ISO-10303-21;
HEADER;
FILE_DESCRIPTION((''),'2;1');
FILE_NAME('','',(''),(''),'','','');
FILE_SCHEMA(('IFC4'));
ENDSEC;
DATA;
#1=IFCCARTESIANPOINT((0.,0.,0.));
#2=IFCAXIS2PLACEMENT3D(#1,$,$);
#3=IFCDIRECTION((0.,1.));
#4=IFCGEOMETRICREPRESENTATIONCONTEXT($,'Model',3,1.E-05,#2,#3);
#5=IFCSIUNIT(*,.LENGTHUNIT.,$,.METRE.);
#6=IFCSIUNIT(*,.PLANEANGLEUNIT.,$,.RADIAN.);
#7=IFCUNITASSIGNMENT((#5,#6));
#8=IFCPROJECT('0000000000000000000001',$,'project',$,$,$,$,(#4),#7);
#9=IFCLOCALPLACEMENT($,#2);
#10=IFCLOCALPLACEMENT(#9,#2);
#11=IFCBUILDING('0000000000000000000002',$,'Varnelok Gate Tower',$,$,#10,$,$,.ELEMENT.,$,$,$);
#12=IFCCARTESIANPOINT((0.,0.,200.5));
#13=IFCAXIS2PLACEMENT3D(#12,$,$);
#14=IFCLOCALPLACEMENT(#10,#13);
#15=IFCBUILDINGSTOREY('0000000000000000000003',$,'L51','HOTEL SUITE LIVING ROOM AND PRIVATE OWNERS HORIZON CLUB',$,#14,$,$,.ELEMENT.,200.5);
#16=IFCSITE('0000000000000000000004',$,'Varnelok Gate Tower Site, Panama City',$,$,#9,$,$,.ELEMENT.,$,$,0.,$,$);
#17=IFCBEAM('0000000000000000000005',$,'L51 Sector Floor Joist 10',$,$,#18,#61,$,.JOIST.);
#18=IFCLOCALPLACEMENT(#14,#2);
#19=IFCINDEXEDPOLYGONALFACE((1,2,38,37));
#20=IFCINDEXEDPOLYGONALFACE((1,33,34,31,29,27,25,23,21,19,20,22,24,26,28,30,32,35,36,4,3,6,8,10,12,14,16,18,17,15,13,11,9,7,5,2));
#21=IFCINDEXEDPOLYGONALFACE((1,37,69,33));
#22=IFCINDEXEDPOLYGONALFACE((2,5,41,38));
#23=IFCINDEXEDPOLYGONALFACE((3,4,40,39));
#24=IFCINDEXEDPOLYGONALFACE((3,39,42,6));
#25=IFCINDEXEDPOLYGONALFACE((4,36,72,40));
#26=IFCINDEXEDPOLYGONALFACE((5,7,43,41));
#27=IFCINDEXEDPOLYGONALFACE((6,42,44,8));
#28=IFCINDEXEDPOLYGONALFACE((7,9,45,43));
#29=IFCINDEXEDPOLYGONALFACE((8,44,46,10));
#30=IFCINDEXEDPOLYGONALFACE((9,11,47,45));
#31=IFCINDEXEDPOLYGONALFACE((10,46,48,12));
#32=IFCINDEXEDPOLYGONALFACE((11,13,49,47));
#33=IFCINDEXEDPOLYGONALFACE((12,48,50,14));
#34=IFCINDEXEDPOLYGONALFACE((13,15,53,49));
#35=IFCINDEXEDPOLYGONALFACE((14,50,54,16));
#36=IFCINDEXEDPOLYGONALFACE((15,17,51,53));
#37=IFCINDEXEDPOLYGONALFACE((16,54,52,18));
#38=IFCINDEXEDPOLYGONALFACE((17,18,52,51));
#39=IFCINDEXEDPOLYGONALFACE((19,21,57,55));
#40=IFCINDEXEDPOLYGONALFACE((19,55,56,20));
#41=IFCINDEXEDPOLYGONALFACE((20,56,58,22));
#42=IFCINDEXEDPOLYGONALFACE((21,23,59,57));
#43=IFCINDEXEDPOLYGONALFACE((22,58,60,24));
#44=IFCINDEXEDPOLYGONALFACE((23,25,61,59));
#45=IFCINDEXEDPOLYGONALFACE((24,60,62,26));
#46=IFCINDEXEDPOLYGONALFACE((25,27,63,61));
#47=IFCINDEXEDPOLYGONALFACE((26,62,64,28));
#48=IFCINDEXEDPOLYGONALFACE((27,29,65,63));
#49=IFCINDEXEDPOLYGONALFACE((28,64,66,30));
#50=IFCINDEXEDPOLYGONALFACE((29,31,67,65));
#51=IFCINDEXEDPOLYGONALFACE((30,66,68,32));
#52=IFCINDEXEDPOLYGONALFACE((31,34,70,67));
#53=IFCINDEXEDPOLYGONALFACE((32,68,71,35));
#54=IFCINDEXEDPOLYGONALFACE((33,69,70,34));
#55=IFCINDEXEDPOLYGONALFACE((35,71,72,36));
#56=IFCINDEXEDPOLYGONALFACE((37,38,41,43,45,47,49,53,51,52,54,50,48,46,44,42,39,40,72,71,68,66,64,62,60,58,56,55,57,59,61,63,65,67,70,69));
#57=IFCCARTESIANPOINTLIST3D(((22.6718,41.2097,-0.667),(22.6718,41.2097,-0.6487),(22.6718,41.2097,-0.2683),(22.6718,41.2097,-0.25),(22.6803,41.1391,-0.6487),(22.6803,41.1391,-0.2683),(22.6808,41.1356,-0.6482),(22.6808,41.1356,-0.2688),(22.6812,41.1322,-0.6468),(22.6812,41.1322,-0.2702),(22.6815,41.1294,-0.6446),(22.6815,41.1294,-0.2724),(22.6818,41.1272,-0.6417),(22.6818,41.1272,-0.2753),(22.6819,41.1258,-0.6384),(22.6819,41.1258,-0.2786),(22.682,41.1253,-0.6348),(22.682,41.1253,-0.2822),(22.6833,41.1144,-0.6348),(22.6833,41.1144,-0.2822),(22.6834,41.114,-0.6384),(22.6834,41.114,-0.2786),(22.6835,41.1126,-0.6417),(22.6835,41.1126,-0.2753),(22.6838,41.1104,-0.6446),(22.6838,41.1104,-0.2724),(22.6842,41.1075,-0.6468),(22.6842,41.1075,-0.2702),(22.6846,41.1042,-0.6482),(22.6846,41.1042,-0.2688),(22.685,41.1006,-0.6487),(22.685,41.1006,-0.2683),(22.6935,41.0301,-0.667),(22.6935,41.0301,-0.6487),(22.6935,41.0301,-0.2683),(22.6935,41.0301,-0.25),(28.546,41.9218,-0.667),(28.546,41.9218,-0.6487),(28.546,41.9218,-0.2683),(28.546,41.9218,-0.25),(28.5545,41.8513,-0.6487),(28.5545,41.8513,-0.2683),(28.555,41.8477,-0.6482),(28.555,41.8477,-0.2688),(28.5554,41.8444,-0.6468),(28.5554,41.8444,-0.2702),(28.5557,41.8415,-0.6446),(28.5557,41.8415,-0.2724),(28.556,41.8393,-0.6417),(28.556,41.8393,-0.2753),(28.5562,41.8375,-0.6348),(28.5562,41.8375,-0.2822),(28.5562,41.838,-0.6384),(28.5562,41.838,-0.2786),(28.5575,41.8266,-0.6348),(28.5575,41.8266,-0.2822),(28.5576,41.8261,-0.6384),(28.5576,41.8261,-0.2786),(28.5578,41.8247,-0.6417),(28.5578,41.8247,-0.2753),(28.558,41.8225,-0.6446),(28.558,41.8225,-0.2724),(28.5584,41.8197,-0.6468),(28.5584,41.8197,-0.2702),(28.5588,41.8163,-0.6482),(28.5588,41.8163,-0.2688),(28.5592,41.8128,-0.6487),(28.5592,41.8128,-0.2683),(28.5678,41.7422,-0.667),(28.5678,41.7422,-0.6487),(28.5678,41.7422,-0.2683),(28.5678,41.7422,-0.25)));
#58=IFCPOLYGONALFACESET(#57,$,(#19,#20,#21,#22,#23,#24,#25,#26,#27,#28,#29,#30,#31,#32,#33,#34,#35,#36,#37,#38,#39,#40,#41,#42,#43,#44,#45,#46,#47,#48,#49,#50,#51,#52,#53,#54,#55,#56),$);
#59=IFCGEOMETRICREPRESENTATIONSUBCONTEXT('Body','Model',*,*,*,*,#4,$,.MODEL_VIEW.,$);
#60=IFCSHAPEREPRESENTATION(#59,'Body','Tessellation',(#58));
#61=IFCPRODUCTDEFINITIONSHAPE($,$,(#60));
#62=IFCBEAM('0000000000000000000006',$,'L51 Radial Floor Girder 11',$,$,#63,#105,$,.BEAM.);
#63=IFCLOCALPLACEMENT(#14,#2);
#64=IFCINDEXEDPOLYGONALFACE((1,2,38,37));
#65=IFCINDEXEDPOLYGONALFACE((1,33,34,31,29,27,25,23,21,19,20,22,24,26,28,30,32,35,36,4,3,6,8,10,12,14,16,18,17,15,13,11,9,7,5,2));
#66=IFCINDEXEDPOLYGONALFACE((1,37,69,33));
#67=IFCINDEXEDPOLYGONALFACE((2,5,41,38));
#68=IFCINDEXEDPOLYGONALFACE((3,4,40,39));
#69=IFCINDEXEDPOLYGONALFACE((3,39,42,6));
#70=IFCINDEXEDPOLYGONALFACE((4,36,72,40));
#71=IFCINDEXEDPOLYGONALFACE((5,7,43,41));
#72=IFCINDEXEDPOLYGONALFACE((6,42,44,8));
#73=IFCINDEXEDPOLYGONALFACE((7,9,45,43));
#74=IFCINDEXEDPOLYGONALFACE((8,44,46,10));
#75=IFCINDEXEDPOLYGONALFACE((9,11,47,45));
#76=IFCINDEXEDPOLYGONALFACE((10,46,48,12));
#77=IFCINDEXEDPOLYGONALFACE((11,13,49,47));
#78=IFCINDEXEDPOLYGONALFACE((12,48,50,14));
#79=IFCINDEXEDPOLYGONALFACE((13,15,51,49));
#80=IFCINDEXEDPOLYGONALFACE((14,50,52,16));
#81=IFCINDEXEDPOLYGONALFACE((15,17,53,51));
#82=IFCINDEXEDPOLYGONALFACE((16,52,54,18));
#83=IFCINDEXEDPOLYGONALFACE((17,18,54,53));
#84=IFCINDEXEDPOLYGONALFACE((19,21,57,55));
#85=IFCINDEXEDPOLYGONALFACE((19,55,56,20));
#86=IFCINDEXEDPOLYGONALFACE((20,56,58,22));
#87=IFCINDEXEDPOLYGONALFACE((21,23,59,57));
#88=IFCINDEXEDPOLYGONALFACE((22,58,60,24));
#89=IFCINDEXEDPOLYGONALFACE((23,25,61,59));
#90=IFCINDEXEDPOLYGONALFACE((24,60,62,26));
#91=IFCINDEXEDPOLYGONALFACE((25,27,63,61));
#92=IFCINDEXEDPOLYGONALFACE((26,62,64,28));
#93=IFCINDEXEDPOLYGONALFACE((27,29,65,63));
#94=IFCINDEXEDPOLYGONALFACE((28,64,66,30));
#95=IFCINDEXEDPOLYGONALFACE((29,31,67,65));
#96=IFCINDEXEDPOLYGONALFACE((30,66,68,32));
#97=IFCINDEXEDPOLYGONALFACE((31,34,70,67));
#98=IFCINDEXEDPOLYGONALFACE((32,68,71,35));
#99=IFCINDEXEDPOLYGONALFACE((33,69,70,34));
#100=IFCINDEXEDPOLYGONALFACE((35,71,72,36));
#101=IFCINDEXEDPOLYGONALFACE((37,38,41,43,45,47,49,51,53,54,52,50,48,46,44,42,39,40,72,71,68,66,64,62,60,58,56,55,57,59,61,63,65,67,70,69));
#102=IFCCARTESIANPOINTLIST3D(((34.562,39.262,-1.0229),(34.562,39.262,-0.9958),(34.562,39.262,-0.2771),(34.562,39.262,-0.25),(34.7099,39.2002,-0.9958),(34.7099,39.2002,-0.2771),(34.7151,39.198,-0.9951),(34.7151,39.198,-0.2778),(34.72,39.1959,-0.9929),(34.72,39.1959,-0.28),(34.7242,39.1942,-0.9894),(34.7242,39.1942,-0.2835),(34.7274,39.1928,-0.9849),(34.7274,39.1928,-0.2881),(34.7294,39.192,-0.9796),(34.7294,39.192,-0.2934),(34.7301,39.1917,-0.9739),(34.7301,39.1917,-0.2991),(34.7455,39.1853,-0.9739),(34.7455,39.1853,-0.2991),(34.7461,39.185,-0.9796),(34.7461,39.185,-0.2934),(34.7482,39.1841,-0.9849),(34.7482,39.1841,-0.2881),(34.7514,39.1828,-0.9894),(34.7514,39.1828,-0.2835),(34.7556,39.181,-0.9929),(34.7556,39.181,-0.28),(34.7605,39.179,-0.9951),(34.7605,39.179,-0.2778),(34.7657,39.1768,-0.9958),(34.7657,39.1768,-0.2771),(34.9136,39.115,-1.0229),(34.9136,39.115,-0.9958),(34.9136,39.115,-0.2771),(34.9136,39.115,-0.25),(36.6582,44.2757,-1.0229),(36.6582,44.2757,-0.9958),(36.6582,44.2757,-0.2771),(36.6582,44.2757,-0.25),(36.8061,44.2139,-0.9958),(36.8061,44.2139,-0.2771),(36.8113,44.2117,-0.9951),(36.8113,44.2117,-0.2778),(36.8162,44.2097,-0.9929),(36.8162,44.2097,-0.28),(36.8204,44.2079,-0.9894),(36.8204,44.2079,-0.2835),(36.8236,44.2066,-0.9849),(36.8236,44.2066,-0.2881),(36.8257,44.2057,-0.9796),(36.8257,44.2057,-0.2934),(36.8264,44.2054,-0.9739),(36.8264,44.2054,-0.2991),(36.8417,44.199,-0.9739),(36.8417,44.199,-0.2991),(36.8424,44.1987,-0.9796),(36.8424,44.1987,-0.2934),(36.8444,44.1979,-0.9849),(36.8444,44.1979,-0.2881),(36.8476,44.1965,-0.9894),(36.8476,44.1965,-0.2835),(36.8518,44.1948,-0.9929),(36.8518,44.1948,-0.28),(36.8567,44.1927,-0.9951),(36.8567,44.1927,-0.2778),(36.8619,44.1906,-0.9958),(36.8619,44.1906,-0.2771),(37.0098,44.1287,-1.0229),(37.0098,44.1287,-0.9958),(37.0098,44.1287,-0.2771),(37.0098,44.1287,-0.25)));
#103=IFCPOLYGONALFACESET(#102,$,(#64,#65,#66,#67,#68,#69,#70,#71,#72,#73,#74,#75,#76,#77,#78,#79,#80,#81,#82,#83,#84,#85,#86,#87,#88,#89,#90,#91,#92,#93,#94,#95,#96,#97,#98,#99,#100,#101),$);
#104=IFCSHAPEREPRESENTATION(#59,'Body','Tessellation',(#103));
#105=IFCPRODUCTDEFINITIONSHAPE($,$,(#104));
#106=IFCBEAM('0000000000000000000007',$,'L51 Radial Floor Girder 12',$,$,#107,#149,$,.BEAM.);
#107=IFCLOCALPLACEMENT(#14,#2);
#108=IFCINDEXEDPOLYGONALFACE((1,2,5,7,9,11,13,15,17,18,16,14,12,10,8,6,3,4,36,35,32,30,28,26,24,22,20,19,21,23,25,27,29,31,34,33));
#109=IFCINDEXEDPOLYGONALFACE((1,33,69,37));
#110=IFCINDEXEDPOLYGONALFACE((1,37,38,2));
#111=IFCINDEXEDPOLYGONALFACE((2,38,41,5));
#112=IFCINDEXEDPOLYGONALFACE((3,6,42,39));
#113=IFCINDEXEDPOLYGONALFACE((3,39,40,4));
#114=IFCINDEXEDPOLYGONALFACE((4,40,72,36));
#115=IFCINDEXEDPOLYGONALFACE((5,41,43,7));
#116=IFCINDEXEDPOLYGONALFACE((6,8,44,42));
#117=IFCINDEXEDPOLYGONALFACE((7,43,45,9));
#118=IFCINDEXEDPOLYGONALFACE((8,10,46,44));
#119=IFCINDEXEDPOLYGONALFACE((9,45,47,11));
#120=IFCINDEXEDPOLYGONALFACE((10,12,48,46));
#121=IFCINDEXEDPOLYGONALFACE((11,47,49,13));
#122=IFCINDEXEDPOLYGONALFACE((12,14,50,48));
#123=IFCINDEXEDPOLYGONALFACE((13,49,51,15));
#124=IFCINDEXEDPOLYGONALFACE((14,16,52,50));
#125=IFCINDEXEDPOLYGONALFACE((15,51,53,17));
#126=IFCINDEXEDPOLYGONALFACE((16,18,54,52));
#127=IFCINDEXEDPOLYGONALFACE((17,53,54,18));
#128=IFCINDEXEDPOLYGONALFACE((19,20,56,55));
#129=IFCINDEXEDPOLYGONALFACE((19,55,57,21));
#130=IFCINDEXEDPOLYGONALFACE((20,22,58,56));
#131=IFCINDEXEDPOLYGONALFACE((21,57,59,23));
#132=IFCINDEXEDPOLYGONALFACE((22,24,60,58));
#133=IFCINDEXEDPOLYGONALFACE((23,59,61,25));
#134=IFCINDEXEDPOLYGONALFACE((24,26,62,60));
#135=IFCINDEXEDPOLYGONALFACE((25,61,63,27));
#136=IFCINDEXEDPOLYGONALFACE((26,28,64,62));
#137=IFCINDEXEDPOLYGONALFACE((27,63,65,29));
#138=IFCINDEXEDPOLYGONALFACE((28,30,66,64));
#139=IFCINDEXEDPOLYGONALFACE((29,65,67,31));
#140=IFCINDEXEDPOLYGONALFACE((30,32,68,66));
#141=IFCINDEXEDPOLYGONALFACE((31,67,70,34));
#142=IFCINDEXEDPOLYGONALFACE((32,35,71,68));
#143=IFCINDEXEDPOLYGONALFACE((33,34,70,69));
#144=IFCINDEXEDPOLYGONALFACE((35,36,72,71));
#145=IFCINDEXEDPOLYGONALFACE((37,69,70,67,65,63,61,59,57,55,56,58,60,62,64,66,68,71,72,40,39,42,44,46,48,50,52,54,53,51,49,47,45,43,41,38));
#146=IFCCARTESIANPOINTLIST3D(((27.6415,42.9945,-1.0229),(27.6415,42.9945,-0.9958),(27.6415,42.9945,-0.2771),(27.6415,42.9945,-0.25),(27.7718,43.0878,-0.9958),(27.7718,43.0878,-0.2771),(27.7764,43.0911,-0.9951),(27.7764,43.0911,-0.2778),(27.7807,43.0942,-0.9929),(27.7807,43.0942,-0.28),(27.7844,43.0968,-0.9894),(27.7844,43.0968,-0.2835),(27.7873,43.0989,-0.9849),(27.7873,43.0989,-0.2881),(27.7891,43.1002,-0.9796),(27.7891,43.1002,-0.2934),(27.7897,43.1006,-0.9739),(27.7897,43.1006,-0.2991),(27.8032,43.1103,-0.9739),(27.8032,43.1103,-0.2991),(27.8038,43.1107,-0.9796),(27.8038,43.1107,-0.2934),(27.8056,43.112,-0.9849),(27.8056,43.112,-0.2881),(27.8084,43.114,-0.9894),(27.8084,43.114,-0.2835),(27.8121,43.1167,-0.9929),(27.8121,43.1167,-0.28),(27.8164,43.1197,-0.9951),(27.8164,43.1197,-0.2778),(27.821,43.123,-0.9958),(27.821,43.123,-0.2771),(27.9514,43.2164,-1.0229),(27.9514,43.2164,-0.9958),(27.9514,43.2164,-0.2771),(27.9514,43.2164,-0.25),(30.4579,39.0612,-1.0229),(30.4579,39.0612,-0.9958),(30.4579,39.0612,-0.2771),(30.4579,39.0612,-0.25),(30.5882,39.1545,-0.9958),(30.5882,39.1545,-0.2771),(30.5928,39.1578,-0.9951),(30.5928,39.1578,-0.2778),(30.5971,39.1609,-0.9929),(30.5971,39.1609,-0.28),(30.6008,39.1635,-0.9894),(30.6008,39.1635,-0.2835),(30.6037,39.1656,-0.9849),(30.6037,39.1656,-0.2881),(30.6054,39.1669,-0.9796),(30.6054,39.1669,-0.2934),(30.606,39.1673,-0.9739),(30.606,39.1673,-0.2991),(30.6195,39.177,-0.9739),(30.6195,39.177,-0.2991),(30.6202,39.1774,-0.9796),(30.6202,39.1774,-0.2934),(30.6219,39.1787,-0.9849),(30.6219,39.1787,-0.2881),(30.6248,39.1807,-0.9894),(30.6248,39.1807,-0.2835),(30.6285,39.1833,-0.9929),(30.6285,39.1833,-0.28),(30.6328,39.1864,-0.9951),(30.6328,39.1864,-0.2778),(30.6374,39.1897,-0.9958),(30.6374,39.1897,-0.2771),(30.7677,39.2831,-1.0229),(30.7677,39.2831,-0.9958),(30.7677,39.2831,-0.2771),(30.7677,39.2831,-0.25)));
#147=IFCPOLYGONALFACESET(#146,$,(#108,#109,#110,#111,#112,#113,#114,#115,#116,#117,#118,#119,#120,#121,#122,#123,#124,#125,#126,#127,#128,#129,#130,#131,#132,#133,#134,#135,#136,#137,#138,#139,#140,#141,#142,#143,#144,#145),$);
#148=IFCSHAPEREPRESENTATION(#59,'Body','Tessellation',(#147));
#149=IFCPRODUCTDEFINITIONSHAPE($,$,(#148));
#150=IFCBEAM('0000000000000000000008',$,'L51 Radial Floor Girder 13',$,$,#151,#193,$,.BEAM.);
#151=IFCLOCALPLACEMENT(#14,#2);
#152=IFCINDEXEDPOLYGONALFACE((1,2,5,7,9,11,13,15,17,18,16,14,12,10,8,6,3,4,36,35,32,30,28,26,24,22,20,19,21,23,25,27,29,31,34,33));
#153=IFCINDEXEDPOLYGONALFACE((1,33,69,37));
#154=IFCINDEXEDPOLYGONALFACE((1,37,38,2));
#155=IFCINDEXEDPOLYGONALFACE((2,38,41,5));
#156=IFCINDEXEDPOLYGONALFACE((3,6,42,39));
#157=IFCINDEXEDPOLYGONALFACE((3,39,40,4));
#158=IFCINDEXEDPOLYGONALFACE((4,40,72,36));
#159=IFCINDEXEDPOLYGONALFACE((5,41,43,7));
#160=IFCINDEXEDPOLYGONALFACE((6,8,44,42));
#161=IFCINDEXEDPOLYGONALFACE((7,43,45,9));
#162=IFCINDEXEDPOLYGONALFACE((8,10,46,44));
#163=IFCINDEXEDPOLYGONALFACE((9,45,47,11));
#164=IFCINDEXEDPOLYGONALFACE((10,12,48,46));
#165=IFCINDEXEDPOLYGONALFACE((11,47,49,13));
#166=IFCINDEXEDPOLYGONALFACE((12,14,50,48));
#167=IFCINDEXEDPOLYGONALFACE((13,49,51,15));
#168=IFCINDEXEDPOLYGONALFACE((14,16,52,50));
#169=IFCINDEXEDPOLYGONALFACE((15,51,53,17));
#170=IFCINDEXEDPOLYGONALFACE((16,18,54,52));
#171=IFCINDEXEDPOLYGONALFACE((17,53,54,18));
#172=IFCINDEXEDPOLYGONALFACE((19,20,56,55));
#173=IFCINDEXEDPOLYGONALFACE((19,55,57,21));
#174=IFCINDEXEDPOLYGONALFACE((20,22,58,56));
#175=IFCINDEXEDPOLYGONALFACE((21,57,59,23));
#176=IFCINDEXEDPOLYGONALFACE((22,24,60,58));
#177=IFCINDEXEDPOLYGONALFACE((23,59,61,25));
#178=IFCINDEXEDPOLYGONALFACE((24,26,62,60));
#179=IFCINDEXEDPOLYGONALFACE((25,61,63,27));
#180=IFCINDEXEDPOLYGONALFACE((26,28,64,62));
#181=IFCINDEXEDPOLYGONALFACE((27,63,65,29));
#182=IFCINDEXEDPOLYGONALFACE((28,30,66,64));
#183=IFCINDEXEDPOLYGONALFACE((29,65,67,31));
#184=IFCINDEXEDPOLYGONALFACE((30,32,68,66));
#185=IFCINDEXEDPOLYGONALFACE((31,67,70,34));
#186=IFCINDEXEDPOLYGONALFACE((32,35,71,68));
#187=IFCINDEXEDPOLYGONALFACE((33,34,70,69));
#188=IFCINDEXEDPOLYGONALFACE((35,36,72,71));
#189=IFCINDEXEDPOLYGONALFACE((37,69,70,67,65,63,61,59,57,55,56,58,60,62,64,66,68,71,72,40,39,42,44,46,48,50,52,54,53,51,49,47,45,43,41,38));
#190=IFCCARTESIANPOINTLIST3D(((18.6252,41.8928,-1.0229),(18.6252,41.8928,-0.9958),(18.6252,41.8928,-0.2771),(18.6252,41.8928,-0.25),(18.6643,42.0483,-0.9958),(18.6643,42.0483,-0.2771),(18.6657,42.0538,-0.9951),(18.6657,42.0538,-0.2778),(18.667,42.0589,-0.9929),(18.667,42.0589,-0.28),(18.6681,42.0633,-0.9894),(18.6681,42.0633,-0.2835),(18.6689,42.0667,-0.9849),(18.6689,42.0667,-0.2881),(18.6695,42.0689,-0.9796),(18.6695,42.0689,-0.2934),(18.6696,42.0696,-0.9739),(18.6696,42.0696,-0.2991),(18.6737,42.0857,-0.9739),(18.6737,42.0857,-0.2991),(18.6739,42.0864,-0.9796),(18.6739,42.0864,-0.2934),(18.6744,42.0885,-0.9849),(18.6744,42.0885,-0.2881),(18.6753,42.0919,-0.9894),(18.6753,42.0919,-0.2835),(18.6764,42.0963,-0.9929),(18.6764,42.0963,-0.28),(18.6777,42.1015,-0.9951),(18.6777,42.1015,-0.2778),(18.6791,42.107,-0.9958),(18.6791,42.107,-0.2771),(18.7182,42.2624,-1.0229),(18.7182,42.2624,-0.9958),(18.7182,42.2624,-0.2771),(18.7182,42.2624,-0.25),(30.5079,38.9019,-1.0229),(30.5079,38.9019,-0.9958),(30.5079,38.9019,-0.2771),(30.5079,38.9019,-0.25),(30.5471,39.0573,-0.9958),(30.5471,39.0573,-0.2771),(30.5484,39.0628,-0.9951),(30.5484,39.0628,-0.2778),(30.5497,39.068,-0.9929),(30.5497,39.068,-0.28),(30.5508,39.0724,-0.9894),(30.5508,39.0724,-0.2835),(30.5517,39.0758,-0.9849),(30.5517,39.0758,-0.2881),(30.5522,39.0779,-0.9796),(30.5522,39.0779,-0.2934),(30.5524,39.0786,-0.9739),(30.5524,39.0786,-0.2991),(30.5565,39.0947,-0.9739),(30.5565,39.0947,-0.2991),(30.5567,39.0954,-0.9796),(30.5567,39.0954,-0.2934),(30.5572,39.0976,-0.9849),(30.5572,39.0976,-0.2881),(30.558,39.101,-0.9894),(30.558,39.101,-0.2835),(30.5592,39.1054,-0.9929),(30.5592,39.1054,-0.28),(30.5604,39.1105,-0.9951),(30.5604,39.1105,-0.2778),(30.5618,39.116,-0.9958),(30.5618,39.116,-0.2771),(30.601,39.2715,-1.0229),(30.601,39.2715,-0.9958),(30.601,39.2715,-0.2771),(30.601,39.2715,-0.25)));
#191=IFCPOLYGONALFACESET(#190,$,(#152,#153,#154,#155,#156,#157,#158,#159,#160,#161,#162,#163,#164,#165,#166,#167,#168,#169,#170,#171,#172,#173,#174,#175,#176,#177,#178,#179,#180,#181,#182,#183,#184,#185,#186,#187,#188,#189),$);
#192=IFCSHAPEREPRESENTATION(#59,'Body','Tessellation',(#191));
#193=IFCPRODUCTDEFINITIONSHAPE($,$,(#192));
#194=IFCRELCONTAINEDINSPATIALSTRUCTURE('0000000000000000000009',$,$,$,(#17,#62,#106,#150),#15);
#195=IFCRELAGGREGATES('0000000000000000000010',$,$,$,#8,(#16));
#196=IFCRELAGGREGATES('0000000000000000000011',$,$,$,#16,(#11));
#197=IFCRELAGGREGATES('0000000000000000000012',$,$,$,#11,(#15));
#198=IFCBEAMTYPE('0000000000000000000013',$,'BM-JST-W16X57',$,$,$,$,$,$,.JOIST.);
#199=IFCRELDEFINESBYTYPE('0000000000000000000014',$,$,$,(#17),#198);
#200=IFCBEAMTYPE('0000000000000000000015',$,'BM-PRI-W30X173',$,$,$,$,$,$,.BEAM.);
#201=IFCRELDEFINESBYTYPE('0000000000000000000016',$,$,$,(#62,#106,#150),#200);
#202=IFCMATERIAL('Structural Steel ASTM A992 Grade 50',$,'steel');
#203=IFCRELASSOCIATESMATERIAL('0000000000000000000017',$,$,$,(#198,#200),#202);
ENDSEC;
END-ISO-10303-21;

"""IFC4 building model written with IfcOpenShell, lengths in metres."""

from ifc_helpers import new_model, si_unit, direction, frame, origin, origin_2d, place, context, subcontext, project, spatial, i_section, extrude, material, material_profile, profile_set, type_object, element, save


model = new_model("IFC4")

# Units and contexts
model_context = context("Model", 3, precision=1e-05, world=origin(), true_north=direction((0.0, 1.0)))
body_context = subcontext(model_context, "Body", "Model", "MODEL_VIEW")
ifc_project = project(units=[si_unit("LENGTHUNIT", "METRE"), si_unit("PLANEANGLEUNIT", "RADIAN")], contexts=[model_context])

# Site, building, storey
site_placement = place(None, origin())
site = spatial("IfcSite", under=ifc_project, at=site_placement, Name="Varnelok Gate Tower Site, Panama City", CompositionType="ELEMENT", RefElevation=0.0)
building_placement = place(site_placement, origin())
building = spatial("IfcBuilding", under=site, at=building_placement, Name="Varnelok Gate Tower", CompositionType="ELEMENT")
storey_placement = place(building_placement, frame((0.0, 0.0, 200.5)))
storey = spatial("IfcBuildingStorey", under=building, at=storey_placement, Name="L51", Description="HOTEL SUITE LIVING ROOM AND PRIVATE OWNERS HORIZON CLUB", CompositionType="ELEMENT", Elevation=200.5)

# Shared definitions
ifc_material_1 = material(Name="Structural Steel ASTM A992 Grade 50", Category="steel")

# Beams
ifc_material_profile_1 = material_profile(ifc_material_1, i_section(OverallWidth=0.1809, OverallDepth=0.417, WebThickness=0.011, FlangeThickness=0.0183, FilletRadius=0.0139, at=origin_2d()), Name="W16X57")
ifc_profile_set_1 = profile_set([ifc_material_profile_1], Name="Structural Steel ASTM A992 Grade 50")
beam_type_1 = type_object("IfcBeamType", Name="BM-JST-W16X57", PredefinedType="JOIST", material=ifc_profile_set_1)
beam_1_placement = place(storey_placement, frame((28.5569, 41.832, -0.4585), z_axis=(-0.992731, -0.120352, 0.0), x_axis=(0.120352, -0.992731, 0.0)))
element("IfcBeam", 1, at=beam_1_placement, inside=storey, type_object=beam_type_1, Name="L51 Sector Floor Joist 10", PredefinedType="JOIST", context=body_context, shape_type="SweptSolid", body=[
    extrude(i_section(OverallWidth=0.1809, OverallDepth=0.417, WebThickness=0.011, FlangeThickness=0.0183, FilletRadius=0.0139, at=origin_2d()), origin(), (0.0, 0.0, 1.0), 5.9172),
])
ifc_material_profile_2 = material_profile(ifc_material_1, i_section(OverallWidth=0.3811, OverallDepth=0.7729, WebThickness=0.0166, FlangeThickness=0.0271, FilletRadius=0.022, at=origin_2d()), Name="W30X173")
ifc_profile_set_2 = profile_set([ifc_material_profile_2], Name="Structural Steel ASTM A992 Grade 50")
beam_type_2 = type_object("IfcBeamType", Name="BM-PRI-W30X173", PredefinedType="BEAM", material=ifc_profile_set_2)
beam_2_placement = place(storey_placement, frame((34.7378, 39.1885, -0.6365), z_axis=(0.385738, 0.922608, 0.0), x_axis=(-0.922608, 0.385738, 0.0)))
element("IfcBeam", 2, at=beam_2_placement, inside=storey, type_object=beam_type_2, Name="L51 Radial Floor Girder 11", PredefinedType="BEAM", context=body_context, shape_type="SweptSolid", body=[
    extrude(i_section(OverallWidth=0.3811, OverallDepth=0.7729, WebThickness=0.0166, FlangeThickness=0.0271, FilletRadius=0.022, at=origin_2d()), origin(), (0.0, 0.0, 1.0), 5.4343),
])
beam_3_placement = place(storey_placement, frame((30.6128, 39.1721, -0.6365), z_axis=(-0.582178, 0.813061, 0.0), x_axis=(-0.813061, -0.582178, 0.0)))
element("IfcBeam", 3, at=beam_3_placement, inside=storey, type_object=beam_type_2, Name="L51 Radial Floor Girder 12", PredefinedType="BEAM", context=body_context, shape_type="SweptSolid", body=[
    extrude(i_section(OverallWidth=0.3811, OverallDepth=0.7729, WebThickness=0.0166, FlangeThickness=0.0271, FilletRadius=0.022, at=origin_2d()), origin(), (0.0, 0.0, 1.0), 4.8376),
])
beam_4_placement = place(storey_placement, frame((30.5544, 39.0867, -0.6365), z_axis=(-0.969752, 0.244092, 0.0), x_axis=(-0.244092, -0.969752, 0.0)))
element("IfcBeam", 4, at=beam_4_placement, inside=storey, type_object=beam_type_2, Name="L51 Radial Floor Girder 13", PredefinedType="BEAM", context=body_context, shape_type="SweptSolid", body=[
    extrude(i_section(OverallWidth=0.3811, OverallDepth=0.7729, WebThickness=0.0166, FlangeThickness=0.0271, FilletRadius=0.022, at=origin_2d()), origin(), (0.0, 0.0, 1.0), 12.2534),
])

save(model, "model.ifc")
